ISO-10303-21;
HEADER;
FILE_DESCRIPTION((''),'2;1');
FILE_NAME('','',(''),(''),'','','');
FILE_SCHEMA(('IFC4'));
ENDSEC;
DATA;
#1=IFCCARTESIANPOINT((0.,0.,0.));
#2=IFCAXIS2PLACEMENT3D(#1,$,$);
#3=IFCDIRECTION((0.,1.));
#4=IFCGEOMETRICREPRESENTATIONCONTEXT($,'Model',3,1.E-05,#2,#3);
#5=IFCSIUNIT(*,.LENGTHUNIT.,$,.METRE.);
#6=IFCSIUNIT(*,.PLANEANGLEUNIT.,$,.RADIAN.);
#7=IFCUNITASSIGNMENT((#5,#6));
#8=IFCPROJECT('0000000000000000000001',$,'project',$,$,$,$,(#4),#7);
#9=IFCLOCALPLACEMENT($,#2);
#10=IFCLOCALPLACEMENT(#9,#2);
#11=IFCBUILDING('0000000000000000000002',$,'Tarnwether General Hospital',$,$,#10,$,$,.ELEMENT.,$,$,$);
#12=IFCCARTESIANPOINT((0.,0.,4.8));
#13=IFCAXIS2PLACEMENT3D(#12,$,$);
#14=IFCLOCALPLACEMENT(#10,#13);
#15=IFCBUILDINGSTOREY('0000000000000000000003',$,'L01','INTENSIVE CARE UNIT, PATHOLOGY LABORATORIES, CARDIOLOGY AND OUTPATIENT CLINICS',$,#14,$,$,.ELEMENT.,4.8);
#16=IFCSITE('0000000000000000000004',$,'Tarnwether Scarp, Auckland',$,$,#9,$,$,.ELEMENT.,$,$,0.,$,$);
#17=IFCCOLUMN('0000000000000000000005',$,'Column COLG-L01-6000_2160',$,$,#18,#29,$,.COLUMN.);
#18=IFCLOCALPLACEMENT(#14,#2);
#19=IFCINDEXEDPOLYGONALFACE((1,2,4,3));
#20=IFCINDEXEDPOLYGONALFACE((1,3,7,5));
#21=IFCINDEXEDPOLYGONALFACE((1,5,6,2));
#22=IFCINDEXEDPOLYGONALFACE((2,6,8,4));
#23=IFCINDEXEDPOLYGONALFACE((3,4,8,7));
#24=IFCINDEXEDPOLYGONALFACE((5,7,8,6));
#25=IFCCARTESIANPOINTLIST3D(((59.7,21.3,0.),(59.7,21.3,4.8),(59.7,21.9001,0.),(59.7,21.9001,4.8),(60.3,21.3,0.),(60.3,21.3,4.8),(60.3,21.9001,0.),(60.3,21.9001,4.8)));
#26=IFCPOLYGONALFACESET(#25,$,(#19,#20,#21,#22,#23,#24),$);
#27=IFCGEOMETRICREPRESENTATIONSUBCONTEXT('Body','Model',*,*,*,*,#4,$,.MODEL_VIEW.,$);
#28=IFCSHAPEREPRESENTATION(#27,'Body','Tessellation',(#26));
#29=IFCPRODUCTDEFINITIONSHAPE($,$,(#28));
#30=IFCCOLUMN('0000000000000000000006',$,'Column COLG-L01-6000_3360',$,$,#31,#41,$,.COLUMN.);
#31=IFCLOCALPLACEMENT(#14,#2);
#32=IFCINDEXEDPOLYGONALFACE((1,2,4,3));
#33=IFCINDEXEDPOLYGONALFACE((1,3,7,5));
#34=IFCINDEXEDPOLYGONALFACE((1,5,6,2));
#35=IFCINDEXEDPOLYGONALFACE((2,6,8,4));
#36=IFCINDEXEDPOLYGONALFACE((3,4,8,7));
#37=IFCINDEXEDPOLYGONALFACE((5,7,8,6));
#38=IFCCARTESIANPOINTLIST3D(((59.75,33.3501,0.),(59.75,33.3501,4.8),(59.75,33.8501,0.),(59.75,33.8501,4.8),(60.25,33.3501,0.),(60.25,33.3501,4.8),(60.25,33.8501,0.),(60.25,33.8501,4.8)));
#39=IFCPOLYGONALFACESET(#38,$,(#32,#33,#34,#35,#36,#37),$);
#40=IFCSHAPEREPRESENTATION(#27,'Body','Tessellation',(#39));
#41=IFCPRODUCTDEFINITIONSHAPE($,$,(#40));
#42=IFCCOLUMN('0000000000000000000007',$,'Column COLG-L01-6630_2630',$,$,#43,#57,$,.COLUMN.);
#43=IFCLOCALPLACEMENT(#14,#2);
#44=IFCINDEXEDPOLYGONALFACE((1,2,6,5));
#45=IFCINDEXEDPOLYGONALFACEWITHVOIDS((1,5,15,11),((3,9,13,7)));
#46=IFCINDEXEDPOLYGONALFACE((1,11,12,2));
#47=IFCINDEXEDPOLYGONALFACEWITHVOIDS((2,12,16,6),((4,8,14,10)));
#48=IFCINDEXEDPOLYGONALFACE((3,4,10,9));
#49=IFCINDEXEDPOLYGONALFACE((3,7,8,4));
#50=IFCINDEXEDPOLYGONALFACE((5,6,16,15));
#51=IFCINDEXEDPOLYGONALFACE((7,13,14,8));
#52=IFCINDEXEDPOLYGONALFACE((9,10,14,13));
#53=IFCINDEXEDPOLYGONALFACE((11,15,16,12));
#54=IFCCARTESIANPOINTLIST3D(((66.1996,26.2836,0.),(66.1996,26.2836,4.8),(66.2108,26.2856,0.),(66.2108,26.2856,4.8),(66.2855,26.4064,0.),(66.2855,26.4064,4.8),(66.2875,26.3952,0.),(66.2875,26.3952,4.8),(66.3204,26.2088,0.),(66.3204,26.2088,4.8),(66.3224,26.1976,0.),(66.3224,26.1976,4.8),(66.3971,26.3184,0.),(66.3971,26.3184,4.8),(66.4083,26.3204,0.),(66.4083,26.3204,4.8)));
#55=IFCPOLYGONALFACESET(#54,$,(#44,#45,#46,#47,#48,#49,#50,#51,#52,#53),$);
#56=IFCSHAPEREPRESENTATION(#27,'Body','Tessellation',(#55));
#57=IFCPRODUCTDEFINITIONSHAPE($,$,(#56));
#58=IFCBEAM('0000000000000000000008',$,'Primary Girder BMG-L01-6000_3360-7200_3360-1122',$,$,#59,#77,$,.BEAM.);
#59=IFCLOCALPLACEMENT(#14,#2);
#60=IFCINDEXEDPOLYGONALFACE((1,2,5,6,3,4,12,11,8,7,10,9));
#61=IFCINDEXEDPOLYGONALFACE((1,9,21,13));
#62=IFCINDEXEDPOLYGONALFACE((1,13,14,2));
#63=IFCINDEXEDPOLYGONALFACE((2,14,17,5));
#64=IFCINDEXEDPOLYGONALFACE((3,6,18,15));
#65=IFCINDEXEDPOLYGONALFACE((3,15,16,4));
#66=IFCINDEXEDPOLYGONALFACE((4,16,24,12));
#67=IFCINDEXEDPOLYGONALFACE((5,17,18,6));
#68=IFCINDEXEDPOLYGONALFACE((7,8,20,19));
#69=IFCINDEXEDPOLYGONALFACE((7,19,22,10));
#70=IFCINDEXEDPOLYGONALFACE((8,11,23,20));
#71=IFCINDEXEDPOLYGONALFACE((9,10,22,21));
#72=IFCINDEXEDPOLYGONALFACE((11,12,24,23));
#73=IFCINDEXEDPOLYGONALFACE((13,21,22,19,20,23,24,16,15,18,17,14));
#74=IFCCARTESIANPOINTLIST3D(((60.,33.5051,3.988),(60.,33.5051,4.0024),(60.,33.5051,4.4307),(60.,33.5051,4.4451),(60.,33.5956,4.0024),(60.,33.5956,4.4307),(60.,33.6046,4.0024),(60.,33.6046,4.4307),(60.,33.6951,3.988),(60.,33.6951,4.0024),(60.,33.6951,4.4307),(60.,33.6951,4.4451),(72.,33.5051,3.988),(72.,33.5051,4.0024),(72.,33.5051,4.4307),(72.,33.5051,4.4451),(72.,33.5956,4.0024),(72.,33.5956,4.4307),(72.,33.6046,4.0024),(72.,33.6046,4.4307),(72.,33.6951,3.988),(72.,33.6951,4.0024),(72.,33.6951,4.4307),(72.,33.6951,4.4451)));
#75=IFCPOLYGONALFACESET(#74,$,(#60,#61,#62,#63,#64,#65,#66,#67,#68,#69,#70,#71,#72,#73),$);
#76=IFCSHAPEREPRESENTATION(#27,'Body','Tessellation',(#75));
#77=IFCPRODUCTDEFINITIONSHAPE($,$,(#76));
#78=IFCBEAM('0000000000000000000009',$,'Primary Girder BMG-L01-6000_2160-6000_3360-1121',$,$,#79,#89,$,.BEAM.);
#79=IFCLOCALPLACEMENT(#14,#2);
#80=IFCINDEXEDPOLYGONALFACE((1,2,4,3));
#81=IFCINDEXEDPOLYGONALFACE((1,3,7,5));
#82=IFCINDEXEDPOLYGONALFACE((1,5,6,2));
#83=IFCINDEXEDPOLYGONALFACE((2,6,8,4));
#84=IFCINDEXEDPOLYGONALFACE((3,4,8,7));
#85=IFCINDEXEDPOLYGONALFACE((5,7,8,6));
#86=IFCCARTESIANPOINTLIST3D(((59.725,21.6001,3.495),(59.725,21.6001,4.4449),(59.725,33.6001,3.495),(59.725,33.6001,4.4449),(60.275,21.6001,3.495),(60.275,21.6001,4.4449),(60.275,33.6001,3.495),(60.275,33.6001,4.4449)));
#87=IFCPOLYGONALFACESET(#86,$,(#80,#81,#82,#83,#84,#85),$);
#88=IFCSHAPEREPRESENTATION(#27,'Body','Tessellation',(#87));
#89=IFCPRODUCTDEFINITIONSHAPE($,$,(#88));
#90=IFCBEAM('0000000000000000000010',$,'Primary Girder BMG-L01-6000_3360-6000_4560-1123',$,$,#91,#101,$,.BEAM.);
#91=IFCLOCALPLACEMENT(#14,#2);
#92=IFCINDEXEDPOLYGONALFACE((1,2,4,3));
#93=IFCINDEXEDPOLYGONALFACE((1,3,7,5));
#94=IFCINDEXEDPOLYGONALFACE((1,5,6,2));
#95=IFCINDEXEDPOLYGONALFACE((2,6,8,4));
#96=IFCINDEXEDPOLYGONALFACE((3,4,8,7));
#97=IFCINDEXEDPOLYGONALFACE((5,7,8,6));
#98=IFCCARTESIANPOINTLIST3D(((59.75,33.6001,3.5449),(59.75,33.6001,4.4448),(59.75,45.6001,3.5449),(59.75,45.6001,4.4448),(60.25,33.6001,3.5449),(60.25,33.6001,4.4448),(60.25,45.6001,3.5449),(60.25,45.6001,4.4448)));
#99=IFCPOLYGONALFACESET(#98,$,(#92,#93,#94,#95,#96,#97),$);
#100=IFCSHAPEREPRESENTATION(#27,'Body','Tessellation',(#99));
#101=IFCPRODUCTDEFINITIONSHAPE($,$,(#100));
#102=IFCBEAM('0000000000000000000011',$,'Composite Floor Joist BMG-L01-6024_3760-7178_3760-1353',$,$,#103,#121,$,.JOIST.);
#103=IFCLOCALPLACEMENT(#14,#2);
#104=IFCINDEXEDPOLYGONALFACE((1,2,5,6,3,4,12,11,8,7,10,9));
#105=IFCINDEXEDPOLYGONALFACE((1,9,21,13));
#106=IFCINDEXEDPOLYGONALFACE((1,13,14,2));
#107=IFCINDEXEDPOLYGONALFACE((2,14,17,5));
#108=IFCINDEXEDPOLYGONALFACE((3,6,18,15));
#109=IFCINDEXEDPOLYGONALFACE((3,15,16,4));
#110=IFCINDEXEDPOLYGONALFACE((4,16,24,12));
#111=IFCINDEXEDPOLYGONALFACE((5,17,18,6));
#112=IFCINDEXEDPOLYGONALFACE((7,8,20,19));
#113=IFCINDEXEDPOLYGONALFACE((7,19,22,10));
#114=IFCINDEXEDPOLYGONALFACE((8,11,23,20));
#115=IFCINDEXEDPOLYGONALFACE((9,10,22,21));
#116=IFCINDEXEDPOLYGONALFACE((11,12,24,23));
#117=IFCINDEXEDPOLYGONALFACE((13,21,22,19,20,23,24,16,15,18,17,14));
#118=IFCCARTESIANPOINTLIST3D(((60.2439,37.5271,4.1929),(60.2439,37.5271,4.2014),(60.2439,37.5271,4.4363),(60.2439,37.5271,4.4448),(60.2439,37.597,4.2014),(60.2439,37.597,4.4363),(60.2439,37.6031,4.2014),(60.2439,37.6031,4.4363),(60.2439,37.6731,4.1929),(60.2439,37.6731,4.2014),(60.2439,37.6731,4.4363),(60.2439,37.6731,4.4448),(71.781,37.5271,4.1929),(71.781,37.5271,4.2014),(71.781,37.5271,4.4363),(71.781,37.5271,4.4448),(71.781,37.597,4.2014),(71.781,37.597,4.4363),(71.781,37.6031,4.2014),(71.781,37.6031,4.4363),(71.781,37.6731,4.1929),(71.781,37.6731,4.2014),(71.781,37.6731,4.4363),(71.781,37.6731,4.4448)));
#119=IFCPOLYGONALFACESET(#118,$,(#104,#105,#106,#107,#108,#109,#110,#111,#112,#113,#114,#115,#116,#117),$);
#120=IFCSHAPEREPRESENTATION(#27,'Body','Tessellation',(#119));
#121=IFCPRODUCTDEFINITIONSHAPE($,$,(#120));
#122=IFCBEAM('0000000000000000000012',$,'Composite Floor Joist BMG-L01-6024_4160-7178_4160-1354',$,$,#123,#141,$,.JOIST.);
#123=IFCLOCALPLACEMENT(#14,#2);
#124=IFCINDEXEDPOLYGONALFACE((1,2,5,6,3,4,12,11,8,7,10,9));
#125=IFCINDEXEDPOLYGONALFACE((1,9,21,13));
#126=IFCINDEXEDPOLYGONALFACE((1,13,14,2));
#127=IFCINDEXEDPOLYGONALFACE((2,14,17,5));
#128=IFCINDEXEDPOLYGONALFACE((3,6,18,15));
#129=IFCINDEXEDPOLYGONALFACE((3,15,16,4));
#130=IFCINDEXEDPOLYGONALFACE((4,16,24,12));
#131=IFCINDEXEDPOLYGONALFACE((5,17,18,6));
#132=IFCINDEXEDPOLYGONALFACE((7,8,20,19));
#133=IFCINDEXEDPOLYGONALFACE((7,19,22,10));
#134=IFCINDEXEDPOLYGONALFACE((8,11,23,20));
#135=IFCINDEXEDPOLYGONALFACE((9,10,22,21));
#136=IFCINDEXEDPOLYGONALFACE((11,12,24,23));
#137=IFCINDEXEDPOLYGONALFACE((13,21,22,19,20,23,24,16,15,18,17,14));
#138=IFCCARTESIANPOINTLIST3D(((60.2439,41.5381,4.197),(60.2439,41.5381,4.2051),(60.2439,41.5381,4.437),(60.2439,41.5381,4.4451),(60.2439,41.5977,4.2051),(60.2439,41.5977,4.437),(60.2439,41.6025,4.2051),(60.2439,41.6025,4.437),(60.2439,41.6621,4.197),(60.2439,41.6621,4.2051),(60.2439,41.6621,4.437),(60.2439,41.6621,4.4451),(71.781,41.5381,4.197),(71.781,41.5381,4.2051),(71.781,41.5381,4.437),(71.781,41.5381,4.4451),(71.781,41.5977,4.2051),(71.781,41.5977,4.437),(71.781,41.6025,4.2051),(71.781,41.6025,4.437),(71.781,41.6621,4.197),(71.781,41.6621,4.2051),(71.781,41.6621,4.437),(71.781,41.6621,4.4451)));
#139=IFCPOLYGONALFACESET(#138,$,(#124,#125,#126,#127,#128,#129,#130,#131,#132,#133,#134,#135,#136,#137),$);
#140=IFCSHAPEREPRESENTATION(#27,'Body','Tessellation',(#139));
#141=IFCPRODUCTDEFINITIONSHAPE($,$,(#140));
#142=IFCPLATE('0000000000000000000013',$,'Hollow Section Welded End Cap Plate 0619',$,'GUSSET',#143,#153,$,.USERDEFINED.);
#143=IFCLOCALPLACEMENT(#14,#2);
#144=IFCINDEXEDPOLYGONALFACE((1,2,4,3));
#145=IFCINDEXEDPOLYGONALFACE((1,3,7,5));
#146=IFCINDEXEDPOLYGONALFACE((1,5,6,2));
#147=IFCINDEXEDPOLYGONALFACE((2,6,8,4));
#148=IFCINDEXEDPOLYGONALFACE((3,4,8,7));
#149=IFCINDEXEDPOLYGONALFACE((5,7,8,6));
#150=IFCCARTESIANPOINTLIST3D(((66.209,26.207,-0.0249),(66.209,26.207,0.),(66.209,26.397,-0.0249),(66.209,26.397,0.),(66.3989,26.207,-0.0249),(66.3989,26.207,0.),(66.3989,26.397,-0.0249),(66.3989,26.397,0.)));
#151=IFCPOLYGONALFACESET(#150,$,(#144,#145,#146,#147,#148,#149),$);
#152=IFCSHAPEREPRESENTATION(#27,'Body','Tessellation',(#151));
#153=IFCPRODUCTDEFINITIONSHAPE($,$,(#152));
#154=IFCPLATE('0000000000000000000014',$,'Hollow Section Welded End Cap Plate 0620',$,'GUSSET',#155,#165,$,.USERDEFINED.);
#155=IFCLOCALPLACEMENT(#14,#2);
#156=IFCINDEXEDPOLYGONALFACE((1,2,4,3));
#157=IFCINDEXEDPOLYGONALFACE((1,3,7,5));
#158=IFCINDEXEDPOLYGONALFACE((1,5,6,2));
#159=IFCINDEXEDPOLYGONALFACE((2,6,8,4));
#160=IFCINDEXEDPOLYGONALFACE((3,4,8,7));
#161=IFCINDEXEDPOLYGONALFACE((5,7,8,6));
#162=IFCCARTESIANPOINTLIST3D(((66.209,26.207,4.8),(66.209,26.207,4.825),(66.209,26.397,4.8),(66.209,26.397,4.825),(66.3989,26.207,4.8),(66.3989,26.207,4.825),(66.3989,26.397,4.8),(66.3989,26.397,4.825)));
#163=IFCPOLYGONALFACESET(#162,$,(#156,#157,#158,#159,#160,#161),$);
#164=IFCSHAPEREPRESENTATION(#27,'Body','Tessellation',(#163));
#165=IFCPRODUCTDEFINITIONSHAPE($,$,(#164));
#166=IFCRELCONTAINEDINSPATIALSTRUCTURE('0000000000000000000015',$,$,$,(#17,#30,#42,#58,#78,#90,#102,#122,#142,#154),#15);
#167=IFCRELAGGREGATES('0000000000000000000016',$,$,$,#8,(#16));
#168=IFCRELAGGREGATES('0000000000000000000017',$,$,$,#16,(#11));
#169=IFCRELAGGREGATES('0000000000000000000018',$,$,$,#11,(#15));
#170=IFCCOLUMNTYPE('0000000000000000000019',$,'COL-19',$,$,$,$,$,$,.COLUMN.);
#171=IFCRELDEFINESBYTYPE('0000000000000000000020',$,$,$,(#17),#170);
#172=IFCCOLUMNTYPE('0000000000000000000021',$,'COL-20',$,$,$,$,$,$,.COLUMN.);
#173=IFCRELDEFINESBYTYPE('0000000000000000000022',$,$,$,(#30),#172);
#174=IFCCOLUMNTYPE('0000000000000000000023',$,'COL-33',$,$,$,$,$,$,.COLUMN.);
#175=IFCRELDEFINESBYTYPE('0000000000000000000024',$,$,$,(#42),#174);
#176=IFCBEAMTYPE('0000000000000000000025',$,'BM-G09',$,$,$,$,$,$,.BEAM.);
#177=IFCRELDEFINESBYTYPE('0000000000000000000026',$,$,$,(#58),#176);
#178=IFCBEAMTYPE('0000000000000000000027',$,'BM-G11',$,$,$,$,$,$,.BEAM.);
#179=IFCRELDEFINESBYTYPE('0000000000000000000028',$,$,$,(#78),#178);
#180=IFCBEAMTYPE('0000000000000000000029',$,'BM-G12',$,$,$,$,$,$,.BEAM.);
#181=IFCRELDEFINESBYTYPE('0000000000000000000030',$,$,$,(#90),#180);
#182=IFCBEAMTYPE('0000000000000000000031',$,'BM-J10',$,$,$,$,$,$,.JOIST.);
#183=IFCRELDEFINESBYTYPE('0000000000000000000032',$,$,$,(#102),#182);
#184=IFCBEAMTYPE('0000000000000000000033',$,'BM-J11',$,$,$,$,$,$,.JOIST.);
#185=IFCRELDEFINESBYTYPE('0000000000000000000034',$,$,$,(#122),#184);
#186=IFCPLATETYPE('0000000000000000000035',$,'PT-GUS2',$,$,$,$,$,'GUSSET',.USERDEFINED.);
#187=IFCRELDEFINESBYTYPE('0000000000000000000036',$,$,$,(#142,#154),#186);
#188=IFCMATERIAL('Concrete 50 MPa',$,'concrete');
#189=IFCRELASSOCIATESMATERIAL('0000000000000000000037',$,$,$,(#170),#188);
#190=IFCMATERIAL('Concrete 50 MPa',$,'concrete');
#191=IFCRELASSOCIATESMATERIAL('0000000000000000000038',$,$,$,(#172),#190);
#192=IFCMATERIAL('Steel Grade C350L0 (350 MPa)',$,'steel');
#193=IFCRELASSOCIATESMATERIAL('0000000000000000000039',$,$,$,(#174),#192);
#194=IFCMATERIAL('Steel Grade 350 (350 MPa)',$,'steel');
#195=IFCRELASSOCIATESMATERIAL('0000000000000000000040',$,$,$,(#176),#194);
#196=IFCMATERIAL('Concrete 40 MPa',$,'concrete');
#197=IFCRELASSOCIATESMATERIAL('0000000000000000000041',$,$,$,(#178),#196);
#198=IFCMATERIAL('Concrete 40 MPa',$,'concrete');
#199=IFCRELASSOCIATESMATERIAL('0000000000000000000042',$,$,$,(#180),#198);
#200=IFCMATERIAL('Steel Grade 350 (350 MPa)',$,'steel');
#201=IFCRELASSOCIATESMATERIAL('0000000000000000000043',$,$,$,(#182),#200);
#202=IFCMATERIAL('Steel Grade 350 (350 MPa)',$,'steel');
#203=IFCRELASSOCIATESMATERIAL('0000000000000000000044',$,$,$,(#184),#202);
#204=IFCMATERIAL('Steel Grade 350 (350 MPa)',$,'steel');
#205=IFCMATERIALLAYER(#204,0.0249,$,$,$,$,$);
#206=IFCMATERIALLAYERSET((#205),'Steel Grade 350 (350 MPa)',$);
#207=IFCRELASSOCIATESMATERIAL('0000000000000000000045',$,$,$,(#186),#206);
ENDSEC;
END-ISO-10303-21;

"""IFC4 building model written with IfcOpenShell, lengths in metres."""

from ifc_helpers import new_model, si_unit, direction, frame, origin, origin_2d, place, context, subcontext, project, spatial, rectangle, hollow_rectangle, i_section, extrude, material, layer, layer_set, material_profile, profile_set, type_object, element, save


model = new_model("IFC4")

# Units and contexts
model_context = context("Model", 3, precision=1e-05, world=origin(), true_north=direction((0.0, 1.0)))
body_context = subcontext(model_context, "Body", "Model", "MODEL_VIEW")
ifc_project = project(units=[si_unit("LENGTHUNIT", "METRE"), si_unit("PLANEANGLEUNIT", "RADIAN")], contexts=[model_context])

# Site, building, storey
site_placement = place(None, origin())
site = spatial("IfcSite", under=ifc_project, at=site_placement, Name="Tarnwether Scarp, Auckland", CompositionType="ELEMENT", RefElevation=0.0)
building_placement = place(site_placement, origin())
building = spatial("IfcBuilding", under=site, at=building_placement, Name="Tarnwether General Hospital", CompositionType="ELEMENT")
storey_placement = place(building_placement, frame((0.0, 0.0, 4.8)))
storey = spatial("IfcBuildingStorey", under=building, at=storey_placement, Name="L01", Description="INTENSIVE CARE UNIT, PATHOLOGY LABORATORIES, CARDIOLOGY AND OUTPATIENT CLINICS", CompositionType="ELEMENT", Elevation=4.8)

# Columns
ifc_material_1 = material(Name="Concrete 50 MPa", Category="concrete")
ifc_material_profile_1 = material_profile(ifc_material_1, rectangle(XDim=0.6001, YDim=0.6001, at=origin_2d()), Name="RC-COL-600x600")
ifc_profile_set_1 = profile_set([ifc_material_profile_1], Name="Concrete 50 MPa")
column_type_1 = type_object("IfcColumnType", Name="COL-19", PredefinedType="COLUMN", material=ifc_profile_set_1)
column_1_placement = place(storey_placement, frame((60.0, 21.6001, 0.0), z_axis=(0.0, 0.0, 1.0), x_axis=(0.0, 1.0, 0.0)))
element("IfcColumn", 1, at=column_1_placement, inside=storey, type_object=column_type_1, Name="Column COLG-L01-6000_2160", PredefinedType="COLUMN", context=body_context, shape_type="SweptSolid", body=[
    extrude(rectangle(XDim=0.6001, YDim=0.6001, at=origin_2d()), origin(), (0.0, 0.0, 1.0), 4.8),
])
ifc_material_2 = material(Name="Concrete 50 MPa", Category="concrete")
ifc_material_profile_2 = material_profile(ifc_material_2, rectangle(XDim=0.5, YDim=0.5, at=origin_2d()), Name="RC-COL-500x500")
ifc_profile_set_2 = profile_set([ifc_material_profile_2], Name="Concrete 50 MPa")
column_type_2 = type_object("IfcColumnType", Name="COL-20", PredefinedType="COLUMN", material=ifc_profile_set_2)
column_2_placement = place(storey_placement, frame((60.0, 33.6001, 0.0), z_axis=(0.0, 0.0, 1.0), x_axis=(0.0, 1.0, 0.0)))
element("IfcColumn", 2, at=column_2_placement, inside=storey, type_object=column_type_2, Name="Column COLG-L01-6000_3360", PredefinedType="COLUMN", context=body_context, shape_type="SweptSolid", body=[
    extrude(rectangle(XDim=0.5, YDim=0.5, at=origin_2d()), origin(), (0.0, 0.0, 1.0), 4.8),
])
ifc_material_3 = material(Name="Steel Grade C350L0 (350 MPa)", Category="steel")
ifc_material_profile_3 = material_profile(ifc_material_3, hollow_rectangle(XDim=0.1499, YDim=0.1499, WallThickness=0.0081, at=origin_2d()), Name="SHS150x150x8")
ifc_profile_set_3 = profile_set([ifc_material_profile_3], Name="Steel Grade C350L0 (350 MPa)")
column_type_3 = type_object("IfcColumnType", Name="COL-33", PredefinedType="COLUMN", material=ifc_profile_set_3)
column_3_placement = place(storey_placement, frame((66.304, 26.302, 0.0), z_axis=(0.0, 0.0, 1.0), x_axis=(0.573576, 0.819152, 0.0)))
element("IfcColumn", 3, at=column_3_placement, inside=storey, type_object=column_type_3, Name="Column COLG-L01-6630_2630", PredefinedType="COLUMN", context=body_context, shape_type="SweptSolid", body=[
    extrude(hollow_rectangle(XDim=0.1499, YDim=0.1499, WallThickness=0.0081, at=origin_2d()), origin(), (0.0, 0.0, 1.0), 4.8),
])

# Beams
ifc_material_4 = material(Name="Steel Grade 350 (350 MPa)", Category="steel")
ifc_material_profile_4 = material_profile(ifc_material_4, i_section(OverallWidth=0.1899, OverallDepth=0.457, WebThickness=0.009, FlangeThickness=0.0144, at=origin_2d()), Name="460UB74.6")
ifc_profile_set_4 = profile_set([ifc_material_profile_4], Name="Steel Grade 350 (350 MPa)")
beam_type_1 = type_object("IfcBeamType", Name="BM-G09", PredefinedType="BEAM", material=ifc_profile_set_4)
beam_1_placement = place(storey_placement, frame((60.0, 33.6001, 4.2166), z_axis=(1.0, 0.0, 0.0), x_axis=(0.0, 1.0, 0.0)))
element("IfcBeam", 4, at=beam_1_placement, inside=storey, type_object=beam_type_1, Name="Primary Girder BMG-L01-6000_3360-7200_3360-1122", PredefinedType="BEAM", context=body_context, shape_type="SweptSolid", body=[
    extrude(i_section(OverallWidth=0.1899, OverallDepth=0.457, WebThickness=0.009, FlangeThickness=0.0144, at=origin_2d()), origin(), (0.0, 0.0, 1.0), 12.0),
])
ifc_material_5 = material(Name="Concrete 40 MPa", Category="concrete")
ifc_material_profile_5 = material_profile(ifc_material_5, rectangle(XDim=0.55, YDim=0.95, at=origin_2d()), Name="RC-BM-550x950")
ifc_profile_set_5 = profile_set([ifc_material_profile_5], Name="Concrete 40 MPa")
beam_type_2 = type_object("IfcBeamType", Name="BM-G11", PredefinedType="BEAM", material=ifc_profile_set_5)
beam_2_placement = place(storey_placement, frame((60.0, 21.6001, 3.97), z_axis=(0.0, 1.0, 0.0), x_axis=(-1.0, 0.0, 0.0)))
element("IfcBeam", 5, at=beam_2_placement, inside=storey, type_object=beam_type_2, Name="Primary Girder BMG-L01-6000_2160-6000_3360-1121", PredefinedType="BEAM", context=body_context, shape_type="SweptSolid", body=[
    extrude(rectangle(XDim=0.55, YDim=0.95, at=origin_2d()), origin(), (0.0, 0.0, 1.0), 12.0),
])
ifc_material_6 = material(Name="Concrete 40 MPa", Category="concrete")
ifc_material_profile_6 = material_profile(ifc_material_6, rectangle(XDim=0.5, YDim=0.8999, at=origin_2d()), Name="RC-BM-500x900")
ifc_profile_set_6 = profile_set([ifc_material_profile_6], Name="Concrete 40 MPa")
beam_type_3 = type_object("IfcBeamType", Name="BM-G12", PredefinedType="BEAM", material=ifc_profile_set_6)
beam_3_placement = place(storey_placement, frame((60.0, 33.6001, 3.9949), z_axis=(0.0, 1.0, 0.0), x_axis=(-1.0, 0.0, 0.0)))
element("IfcBeam", 6, at=beam_3_placement, inside=storey, type_object=beam_type_3, Name="Primary Girder BMG-L01-6000_3360-6000_4560-1123", PredefinedType="BEAM", context=body_context, shape_type="SweptSolid", body=[
    extrude(rectangle(XDim=0.5, YDim=0.8999, at=origin_2d()), origin(), (0.0, 0.0, 1.0), 12.0),
])
ifc_material_7 = material(Name="Steel Grade 350 (350 MPa)", Category="steel")
ifc_material_profile_7 = material_profile(ifc_material_7, i_section(OverallWidth=0.146, OverallDepth=0.252, WebThickness=0.0061, FlangeThickness=0.0085, at=origin_2d()), Name="250UB31.4")
ifc_profile_set_7 = profile_set([ifc_material_profile_7], Name="Steel Grade 350 (350 MPa)")
beam_type_4 = type_object("IfcBeamType", Name="BM-J10", PredefinedType="JOIST", material=ifc_profile_set_7)
beam_4_placement = place(storey_placement, frame((60.2439, 37.6001, 4.3188), z_axis=(1.0, 0.0, 0.0), x_axis=(0.0, 1.0, 0.0)))
element("IfcBeam", 7, at=beam_4_placement, inside=storey, type_object=beam_type_4, Name="Composite Floor Joist BMG-L01-6024_3760-7178_3760-1353", PredefinedType="JOIST", context=body_context, shape_type="SweptSolid", body=[
    extrude(i_section(OverallWidth=0.146, OverallDepth=0.252, WebThickness=0.0061, FlangeThickness=0.0085, at=origin_2d()), origin(), (0.0, 0.0, 1.0), 11.5371),
])
ifc_material_8 = material(Name="Steel Grade 350 (350 MPa)", Category="steel")
ifc_material_profile_8 = material_profile(ifc_material_8, i_section(OverallWidth=0.124, OverallDepth=0.248, WebThickness=0.0049, FlangeThickness=0.0081, at=origin_2d()), Name="250UB25.7")
ifc_profile_set_8 = profile_set([ifc_material_profile_8], Name="Steel Grade 350 (350 MPa)")
beam_type_5 = type_object("IfcBeamType", Name="BM-J11", PredefinedType="JOIST", material=ifc_profile_set_8)
beam_5_placement = place(storey_placement, frame((60.2439, 41.6001, 4.321), z_axis=(1.0, 0.0, 0.0), x_axis=(0.0, 1.0, 0.0)))
element("IfcBeam", 8, at=beam_5_placement, inside=storey, type_object=beam_type_5, Name="Composite Floor Joist BMG-L01-6024_4160-7178_4160-1354", PredefinedType="JOIST", context=body_context, shape_type="SweptSolid", body=[
    extrude(i_section(OverallWidth=0.124, OverallDepth=0.248, WebThickness=0.0049, FlangeThickness=0.0081, at=origin_2d()), origin(), (0.0, 0.0, 1.0), 11.5371),
])

# Plates
ifc_material_9 = material(Name="Steel Grade 350 (350 MPa)", Category="steel")
ifc_layer_1 = layer(ifc_material_9, 0.0249)
ifc_layer_set_1 = layer_set([ifc_layer_1], Name="Steel Grade 350 (350 MPa)")
plate_type = type_object("IfcPlateType", Name="PT-GUS2", ElementType="GUSSET", PredefinedType="USERDEFINED", material=ifc_layer_set_1)
for number, where, z_axis, x_axis, name in (
    (9, (66.304, 26.302, -0.0249), (0.0, 0.0, 1.0), (1.0, 0.0, 0.0), "Hollow Section Welded End Cap Plate 0619"),
    (10, (66.304, 26.302, 4.8), (0.0, 0.0, 1.0), (1.0, 0.0, 0.0), "Hollow Section Welded End Cap Plate 0620"),
):
    element("IfcPlate", number, at=place(storey_placement, frame(where, z_axis=z_axis, x_axis=x_axis)), inside=storey, type_object=plate_type, Name=name, ObjectType="GUSSET", PredefinedType="USERDEFINED", context=body_context, shape_type="SweptSolid", body=[
        extrude(rectangle(XDim=0.1899, YDim=0.1899, at=origin_2d()), origin(), (0.0, 0.0, 1.0), 0.0249),
    ])

save(model, "model.ifc")
